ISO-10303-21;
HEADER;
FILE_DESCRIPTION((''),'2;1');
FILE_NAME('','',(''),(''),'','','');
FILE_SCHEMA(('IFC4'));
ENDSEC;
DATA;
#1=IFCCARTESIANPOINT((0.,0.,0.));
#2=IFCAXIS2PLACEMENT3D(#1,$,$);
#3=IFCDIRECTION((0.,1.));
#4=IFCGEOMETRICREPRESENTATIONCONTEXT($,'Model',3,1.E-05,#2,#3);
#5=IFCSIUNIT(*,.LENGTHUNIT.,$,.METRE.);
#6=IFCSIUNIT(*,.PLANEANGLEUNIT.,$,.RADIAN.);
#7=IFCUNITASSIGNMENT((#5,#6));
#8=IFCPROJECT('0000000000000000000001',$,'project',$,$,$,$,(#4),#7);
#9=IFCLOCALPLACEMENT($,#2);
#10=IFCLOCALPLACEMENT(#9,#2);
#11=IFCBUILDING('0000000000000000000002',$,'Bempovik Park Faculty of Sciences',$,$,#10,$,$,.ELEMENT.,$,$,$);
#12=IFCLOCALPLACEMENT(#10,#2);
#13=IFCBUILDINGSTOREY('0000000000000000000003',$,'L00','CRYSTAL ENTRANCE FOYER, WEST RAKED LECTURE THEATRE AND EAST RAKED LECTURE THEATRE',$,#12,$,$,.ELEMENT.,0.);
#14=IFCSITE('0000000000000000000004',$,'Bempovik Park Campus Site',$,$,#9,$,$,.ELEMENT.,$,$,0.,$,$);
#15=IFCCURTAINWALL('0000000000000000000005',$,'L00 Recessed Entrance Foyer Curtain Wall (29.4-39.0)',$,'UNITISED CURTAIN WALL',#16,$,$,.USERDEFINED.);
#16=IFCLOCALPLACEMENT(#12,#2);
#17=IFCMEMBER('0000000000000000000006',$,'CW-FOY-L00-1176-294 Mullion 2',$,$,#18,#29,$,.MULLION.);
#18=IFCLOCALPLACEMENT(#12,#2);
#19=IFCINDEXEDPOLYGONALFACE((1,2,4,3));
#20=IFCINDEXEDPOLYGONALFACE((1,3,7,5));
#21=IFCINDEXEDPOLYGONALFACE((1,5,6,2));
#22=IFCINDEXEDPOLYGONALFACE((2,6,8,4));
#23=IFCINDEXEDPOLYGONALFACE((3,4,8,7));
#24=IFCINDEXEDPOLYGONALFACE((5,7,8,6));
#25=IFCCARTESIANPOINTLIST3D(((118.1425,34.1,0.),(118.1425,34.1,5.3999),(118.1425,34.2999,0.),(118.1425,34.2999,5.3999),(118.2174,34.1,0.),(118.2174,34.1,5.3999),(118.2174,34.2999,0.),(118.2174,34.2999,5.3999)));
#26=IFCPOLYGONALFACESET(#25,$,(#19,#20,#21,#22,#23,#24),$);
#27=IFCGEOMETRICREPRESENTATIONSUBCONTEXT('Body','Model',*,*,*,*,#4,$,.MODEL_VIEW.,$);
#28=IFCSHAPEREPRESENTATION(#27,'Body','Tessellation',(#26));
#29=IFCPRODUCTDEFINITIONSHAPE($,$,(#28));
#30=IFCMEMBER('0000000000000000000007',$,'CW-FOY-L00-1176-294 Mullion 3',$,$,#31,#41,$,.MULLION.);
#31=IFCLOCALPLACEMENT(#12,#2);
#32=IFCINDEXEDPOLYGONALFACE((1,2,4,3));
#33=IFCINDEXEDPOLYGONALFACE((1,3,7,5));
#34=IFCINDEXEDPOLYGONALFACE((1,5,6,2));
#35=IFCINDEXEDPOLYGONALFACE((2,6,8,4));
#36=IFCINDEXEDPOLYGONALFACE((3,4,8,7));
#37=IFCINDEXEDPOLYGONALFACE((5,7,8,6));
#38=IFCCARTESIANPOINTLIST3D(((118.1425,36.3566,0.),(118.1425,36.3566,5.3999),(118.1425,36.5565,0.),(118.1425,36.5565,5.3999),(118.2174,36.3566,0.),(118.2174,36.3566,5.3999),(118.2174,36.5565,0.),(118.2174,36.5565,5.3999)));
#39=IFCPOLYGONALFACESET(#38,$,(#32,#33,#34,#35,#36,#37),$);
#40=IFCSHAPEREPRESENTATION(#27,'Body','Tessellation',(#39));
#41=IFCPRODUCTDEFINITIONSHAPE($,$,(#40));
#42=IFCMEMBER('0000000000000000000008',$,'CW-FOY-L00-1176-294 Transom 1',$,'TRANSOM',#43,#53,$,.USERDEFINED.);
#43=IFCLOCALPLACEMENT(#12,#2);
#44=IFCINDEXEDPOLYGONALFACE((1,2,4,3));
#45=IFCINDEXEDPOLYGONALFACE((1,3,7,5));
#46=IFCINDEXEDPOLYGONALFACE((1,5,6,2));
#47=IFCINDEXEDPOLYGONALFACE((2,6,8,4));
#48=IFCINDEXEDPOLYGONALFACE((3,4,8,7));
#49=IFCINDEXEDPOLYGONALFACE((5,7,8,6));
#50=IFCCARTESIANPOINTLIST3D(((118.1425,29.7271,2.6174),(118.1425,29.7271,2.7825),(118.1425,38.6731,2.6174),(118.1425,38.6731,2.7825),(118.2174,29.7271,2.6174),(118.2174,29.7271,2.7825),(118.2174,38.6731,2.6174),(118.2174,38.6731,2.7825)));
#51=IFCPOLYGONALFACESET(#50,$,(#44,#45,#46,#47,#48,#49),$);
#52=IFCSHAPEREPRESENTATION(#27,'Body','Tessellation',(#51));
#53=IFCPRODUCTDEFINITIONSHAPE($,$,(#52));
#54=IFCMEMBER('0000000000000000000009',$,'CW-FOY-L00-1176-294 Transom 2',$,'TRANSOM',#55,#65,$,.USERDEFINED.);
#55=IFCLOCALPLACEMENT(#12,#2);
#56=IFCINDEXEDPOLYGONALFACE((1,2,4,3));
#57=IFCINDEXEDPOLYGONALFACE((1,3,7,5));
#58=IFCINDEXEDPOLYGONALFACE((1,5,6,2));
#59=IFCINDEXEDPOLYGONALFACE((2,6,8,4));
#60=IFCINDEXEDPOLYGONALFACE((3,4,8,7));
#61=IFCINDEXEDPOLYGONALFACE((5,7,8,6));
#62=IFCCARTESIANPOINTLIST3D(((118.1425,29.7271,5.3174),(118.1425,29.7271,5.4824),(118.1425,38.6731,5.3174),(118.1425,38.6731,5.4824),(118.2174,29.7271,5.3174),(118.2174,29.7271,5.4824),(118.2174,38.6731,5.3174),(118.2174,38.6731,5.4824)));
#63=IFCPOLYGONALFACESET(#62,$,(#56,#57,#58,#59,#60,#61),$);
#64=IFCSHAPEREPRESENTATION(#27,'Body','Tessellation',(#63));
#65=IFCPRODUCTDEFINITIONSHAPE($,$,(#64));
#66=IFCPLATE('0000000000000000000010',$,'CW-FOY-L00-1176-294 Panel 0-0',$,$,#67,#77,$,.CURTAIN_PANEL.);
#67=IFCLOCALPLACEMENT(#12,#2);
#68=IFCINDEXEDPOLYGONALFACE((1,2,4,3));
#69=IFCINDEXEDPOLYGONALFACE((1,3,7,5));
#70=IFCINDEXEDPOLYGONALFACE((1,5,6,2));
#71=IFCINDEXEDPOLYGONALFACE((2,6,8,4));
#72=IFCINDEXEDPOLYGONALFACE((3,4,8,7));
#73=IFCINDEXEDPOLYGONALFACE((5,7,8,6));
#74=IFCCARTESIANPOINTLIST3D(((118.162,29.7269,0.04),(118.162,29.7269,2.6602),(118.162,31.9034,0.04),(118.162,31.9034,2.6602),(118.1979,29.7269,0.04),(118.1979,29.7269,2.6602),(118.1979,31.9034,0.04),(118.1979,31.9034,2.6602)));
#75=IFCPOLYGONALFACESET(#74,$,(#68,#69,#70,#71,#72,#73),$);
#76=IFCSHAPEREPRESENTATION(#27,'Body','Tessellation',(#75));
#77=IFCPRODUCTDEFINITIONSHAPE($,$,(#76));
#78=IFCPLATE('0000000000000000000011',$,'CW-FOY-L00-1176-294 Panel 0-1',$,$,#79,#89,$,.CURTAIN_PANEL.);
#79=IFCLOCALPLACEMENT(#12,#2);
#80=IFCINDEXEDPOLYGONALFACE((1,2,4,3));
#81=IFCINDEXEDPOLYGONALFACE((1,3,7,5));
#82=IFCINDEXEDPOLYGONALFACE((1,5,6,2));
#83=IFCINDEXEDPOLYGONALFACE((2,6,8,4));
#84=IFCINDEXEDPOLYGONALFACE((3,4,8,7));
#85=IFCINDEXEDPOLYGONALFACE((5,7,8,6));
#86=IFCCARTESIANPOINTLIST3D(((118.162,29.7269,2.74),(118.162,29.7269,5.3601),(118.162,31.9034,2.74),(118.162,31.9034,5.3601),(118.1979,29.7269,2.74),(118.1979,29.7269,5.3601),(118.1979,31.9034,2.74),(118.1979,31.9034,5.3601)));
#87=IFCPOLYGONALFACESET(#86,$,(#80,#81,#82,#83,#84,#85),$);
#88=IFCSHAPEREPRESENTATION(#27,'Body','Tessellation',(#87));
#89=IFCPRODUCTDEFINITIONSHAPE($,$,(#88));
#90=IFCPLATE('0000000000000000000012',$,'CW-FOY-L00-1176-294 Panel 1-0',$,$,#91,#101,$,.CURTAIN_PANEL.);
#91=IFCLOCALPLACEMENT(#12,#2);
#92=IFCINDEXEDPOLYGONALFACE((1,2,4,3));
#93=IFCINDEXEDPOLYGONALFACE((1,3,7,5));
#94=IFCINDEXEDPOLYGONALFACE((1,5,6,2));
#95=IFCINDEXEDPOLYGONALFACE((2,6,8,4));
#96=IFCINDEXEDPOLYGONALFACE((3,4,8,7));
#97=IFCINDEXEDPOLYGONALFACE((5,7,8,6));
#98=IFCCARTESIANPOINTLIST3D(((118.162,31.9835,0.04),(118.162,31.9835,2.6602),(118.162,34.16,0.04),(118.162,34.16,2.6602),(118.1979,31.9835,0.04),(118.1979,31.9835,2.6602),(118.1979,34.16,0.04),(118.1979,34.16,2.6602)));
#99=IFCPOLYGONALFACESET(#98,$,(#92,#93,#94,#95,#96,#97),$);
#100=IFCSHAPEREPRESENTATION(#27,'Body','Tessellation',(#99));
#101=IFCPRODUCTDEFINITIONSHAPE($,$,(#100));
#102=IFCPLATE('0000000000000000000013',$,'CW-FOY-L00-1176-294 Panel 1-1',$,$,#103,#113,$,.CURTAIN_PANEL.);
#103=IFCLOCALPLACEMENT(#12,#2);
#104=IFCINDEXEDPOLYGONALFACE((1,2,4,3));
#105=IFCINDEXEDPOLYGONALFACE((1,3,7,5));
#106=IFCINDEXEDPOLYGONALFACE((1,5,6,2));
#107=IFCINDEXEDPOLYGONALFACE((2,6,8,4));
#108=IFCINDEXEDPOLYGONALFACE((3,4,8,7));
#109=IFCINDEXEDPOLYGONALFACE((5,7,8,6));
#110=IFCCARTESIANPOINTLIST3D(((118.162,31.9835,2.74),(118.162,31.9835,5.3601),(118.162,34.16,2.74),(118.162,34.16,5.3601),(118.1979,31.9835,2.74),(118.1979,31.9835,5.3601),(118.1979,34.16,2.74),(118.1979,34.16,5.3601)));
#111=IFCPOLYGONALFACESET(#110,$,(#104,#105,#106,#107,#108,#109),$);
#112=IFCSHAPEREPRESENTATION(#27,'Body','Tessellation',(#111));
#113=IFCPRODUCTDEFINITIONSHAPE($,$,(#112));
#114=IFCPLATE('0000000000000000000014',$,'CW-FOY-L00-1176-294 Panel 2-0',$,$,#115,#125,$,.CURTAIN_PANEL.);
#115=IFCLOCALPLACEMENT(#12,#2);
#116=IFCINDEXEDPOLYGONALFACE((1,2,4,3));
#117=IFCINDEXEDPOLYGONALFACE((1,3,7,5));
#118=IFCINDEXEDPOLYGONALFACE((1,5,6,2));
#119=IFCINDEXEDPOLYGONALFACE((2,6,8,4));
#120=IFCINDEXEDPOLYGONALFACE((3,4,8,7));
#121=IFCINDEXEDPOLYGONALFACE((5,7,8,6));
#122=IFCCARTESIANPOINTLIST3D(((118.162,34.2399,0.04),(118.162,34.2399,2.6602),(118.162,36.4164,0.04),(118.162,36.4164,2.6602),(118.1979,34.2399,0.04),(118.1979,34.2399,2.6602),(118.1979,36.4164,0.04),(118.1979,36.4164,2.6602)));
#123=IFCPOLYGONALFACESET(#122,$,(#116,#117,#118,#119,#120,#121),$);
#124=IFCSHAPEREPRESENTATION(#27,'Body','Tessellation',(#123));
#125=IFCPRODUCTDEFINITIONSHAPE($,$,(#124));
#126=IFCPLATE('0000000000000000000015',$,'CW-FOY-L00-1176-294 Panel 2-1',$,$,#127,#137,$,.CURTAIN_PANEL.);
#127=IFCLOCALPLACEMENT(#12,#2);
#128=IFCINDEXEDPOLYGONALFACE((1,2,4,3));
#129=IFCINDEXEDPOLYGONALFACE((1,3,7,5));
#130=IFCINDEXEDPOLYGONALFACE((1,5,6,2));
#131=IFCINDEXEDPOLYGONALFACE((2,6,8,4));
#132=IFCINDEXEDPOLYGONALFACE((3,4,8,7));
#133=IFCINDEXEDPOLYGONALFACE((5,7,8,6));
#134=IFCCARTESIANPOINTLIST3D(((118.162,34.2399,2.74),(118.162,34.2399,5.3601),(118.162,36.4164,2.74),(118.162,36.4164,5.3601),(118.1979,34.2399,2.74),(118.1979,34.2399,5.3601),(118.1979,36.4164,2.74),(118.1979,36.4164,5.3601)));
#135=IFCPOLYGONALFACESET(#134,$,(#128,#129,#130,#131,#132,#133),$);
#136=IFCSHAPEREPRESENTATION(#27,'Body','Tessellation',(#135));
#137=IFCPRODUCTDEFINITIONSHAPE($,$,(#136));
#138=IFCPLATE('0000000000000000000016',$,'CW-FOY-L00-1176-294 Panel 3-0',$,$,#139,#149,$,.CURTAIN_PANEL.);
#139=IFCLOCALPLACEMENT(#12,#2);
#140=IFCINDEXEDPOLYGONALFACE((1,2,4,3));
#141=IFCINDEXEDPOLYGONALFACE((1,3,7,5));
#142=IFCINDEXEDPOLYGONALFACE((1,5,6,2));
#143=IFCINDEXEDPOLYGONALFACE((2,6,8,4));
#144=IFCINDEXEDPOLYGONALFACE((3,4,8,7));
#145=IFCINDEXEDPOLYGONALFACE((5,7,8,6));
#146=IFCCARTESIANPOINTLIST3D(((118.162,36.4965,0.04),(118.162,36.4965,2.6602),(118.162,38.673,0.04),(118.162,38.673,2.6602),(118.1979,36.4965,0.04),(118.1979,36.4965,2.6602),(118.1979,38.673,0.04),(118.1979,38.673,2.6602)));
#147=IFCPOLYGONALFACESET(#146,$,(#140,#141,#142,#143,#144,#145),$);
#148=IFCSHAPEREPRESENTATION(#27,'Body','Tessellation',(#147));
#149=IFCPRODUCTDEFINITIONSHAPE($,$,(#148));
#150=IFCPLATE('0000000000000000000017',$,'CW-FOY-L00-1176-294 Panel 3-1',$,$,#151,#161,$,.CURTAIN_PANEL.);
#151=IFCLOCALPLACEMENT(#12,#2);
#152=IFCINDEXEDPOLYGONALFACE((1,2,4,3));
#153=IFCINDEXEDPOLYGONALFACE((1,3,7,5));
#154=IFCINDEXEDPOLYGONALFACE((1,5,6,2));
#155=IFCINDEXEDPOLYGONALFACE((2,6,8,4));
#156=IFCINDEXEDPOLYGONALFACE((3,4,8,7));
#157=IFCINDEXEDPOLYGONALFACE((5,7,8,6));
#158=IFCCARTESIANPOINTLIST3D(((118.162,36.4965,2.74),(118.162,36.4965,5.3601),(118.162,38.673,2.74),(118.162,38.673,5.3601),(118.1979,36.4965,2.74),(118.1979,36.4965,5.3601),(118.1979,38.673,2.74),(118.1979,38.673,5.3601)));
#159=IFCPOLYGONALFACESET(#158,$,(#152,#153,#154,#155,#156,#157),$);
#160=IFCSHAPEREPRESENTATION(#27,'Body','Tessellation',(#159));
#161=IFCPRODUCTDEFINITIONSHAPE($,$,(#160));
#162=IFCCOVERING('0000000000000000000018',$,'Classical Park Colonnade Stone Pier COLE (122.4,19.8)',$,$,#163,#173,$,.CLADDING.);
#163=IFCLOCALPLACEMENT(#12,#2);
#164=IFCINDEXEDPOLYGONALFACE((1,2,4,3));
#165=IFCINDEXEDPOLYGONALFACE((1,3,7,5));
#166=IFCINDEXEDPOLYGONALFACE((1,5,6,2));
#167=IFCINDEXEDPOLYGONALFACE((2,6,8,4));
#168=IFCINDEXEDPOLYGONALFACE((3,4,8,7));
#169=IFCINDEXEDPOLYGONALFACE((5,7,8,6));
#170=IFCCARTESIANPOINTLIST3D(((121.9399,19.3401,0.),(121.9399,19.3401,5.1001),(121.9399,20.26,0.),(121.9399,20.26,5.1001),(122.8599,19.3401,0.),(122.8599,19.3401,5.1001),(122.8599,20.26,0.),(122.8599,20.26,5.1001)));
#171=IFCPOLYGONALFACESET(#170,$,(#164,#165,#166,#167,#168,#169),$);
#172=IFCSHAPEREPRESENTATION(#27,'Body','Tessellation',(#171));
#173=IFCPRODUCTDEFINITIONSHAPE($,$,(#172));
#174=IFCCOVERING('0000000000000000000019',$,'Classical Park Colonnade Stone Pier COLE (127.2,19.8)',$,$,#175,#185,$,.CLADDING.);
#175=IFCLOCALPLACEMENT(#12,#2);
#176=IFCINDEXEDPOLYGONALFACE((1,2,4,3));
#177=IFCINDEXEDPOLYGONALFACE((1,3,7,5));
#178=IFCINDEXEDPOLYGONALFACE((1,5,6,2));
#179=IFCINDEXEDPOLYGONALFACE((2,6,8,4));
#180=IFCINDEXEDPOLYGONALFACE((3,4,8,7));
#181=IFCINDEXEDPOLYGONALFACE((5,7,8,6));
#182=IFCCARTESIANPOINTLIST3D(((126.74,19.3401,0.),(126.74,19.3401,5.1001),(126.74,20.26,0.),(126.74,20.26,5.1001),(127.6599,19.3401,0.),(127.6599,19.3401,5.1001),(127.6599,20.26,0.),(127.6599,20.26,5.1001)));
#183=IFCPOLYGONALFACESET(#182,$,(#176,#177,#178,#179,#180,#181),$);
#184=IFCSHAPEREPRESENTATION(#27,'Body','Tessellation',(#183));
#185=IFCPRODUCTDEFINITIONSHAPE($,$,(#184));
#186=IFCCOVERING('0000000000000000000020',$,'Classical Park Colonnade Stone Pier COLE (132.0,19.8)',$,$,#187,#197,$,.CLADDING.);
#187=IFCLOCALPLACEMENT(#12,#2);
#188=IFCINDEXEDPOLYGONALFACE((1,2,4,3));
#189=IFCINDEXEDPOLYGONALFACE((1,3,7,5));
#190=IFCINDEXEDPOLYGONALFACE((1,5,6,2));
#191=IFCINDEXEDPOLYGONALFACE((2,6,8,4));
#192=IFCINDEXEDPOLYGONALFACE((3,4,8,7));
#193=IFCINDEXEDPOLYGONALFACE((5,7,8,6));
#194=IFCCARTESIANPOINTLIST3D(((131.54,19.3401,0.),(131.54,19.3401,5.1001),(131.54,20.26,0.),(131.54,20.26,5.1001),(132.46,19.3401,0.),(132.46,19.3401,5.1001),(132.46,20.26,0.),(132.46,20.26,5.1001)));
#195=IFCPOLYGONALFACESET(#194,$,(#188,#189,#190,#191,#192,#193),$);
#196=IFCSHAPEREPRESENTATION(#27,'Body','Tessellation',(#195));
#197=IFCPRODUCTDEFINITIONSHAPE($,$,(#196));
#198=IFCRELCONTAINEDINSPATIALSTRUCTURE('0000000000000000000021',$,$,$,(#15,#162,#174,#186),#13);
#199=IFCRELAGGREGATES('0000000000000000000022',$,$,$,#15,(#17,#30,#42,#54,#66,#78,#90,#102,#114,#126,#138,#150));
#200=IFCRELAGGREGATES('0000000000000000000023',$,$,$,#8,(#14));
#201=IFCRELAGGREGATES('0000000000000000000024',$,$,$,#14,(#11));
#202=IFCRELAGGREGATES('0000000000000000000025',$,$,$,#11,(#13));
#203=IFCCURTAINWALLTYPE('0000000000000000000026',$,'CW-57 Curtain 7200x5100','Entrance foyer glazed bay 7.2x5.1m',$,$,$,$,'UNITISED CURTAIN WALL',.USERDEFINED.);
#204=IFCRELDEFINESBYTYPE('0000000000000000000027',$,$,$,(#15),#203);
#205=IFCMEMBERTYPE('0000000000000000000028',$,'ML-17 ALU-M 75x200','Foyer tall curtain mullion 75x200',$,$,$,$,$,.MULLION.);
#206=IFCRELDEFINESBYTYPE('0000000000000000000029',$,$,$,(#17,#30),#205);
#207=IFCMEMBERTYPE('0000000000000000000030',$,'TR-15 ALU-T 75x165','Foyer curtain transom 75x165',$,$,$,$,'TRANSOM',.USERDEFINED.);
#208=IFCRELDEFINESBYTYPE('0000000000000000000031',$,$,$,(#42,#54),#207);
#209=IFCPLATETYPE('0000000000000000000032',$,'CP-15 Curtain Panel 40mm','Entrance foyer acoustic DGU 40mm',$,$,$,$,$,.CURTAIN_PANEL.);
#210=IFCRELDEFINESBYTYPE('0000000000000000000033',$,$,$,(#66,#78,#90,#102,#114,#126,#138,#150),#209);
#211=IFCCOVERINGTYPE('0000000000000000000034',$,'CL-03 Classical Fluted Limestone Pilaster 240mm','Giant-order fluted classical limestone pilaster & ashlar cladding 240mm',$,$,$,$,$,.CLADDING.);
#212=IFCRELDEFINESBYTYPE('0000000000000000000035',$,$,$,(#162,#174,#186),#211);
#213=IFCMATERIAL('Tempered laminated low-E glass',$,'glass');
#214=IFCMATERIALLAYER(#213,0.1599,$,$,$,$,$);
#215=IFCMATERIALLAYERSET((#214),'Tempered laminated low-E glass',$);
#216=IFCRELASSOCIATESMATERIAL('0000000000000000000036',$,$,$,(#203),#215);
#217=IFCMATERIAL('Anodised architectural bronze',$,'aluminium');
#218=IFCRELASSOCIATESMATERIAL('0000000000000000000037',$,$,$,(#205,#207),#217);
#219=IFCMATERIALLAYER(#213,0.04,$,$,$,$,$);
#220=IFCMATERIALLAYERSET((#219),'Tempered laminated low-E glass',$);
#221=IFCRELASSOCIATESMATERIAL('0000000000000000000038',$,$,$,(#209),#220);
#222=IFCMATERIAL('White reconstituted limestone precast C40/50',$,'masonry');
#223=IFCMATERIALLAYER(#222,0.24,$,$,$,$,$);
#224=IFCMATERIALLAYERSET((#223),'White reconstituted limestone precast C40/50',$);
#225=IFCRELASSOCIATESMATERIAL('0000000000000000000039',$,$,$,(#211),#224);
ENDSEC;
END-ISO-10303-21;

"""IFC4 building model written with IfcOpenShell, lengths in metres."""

from ifc_helpers import new_model, si_unit, direction, frame, origin, origin_2d, place, context, subcontext, project, spatial, rectangle, extrude, material, layer, layer_set, material_profile, profile_set, type_object, element, aggregate, save


model = new_model("IFC4")

# Units and contexts
model_context = context("Model", 3, precision=1e-05, world=origin(), true_north=direction((0.0, 1.0)))
body_context = subcontext(model_context, "Body", "Model", "MODEL_VIEW")
ifc_project = project(units=[si_unit("LENGTHUNIT", "METRE"), si_unit("PLANEANGLEUNIT", "RADIAN")], contexts=[model_context])

# Site, building, storey
site_placement = place(None, origin())
site = spatial("IfcSite", under=ifc_project, at=site_placement, Name="Bempovik Park Campus Site", CompositionType="ELEMENT", RefElevation=0.0)
building_placement = place(site_placement, origin())
building = spatial("IfcBuilding", under=site, at=building_placement, Name="Bempovik Park Faculty of Sciences", CompositionType="ELEMENT")
storey_placement = place(building_placement, origin())
storey = spatial("IfcBuildingStorey", under=building, at=storey_placement, Name="L00", Description="CRYSTAL ENTRANCE FOYER, WEST RAKED LECTURE THEATRE AND EAST RAKED LECTURE THEATRE", CompositionType="ELEMENT", Elevation=0.0)

# Curtain wall, members, plates
ifc_material_1 = material(Name="Tempered laminated low-E glass", Category="glass")
ifc_layer_1 = layer(ifc_material_1, 0.1599)
ifc_layer_set_1 = layer_set([ifc_layer_1], Name="Tempered laminated low-E glass")
curtain_wall_type = type_object("IfcCurtainWallType", Name="CW-57 Curtain 7200x5100", Description="Entrance foyer glazed bay 7.2x5.1m", ElementType="UNITISED CURTAIN WALL", PredefinedType="USERDEFINED", material=ifc_layer_set_1)
curtain_wall_placement = place(storey_placement, origin())
curtain_wall = element("IfcCurtainWall", 1, at=curtain_wall_placement, inside=storey, type_object=curtain_wall_type, Name="L00 Recessed Entrance Foyer Curtain Wall (29.4-39.0)", ObjectType="UNITISED CURTAIN WALL", PredefinedType="USERDEFINED")
ifc_material_2 = material(Name="Anodised architectural bronze", Category="aluminium")
ifc_material_profile_1 = material_profile(ifc_material_2, rectangle(XDim=0.075, YDim=0.2, at=origin_2d()), Name="ALU-M 75x200")
ifc_profile_set_1 = profile_set([ifc_material_profile_1], Name="Anodised architectural bronze")
member_type_1 = type_object("IfcMemberType", Name="ML-17 ALU-M 75x200", Description="Foyer tall curtain mullion 75x200", PredefinedType="MULLION", material=ifc_profile_set_1)
member_1_placement = place(storey_placement, frame((118.1799, 34.2, 0.0), z_axis=(0.0, 0.0, 1.0), x_axis=(1.0, 0.0, 0.0)))
member_1 = element("IfcMember", 2, at=member_1_placement, type_object=member_type_1, Name="CW-FOY-L00-1176-294 Mullion 2", PredefinedType="MULLION", context=body_context, shape_type="SweptSolid", body=[
    extrude(rectangle(XDim=0.075, YDim=0.2, at=origin_2d()), origin(), (0.0, 0.0, 1.0), 5.3999),
])
member_2_placement = place(storey_placement, frame((118.1799, 36.4565, 0.0), z_axis=(0.0, 0.0, 1.0), x_axis=(1.0, 0.0, 0.0)))
member_2 = element("IfcMember", 3, at=member_2_placement, type_object=member_type_1, Name="CW-FOY-L00-1176-294 Mullion 3", PredefinedType="MULLION", context=body_context, shape_type="SweptSolid", body=[
    extrude(rectangle(XDim=0.075, YDim=0.2, at=origin_2d()), origin(), (0.0, 0.0, 1.0), 5.3999),
])
ifc_material_profile_2 = material_profile(ifc_material_2, rectangle(XDim=0.075, YDim=0.165, at=origin_2d()), Name="ALU-T 75x165")
ifc_profile_set_2 = profile_set([ifc_material_profile_2], Name="Anodised architectural bronze")
member_type_2 = type_object("IfcMemberType", Name="TR-15 ALU-T 75x165", Description="Foyer curtain transom 75x165", ElementType="TRANSOM", PredefinedType="USERDEFINED", material=ifc_profile_set_2)
member_3_placement = place(storey_placement, frame((118.1799, 29.7271, 2.7), z_axis=(0.0, 1.0, 0.0), x_axis=(-1.0, 0.0, 0.0)))
member_3 = element("IfcMember", 4, at=member_3_placement, type_object=member_type_2, Name="CW-FOY-L00-1176-294 Transom 1", ObjectType="TRANSOM", PredefinedType="USERDEFINED", context=body_context, shape_type="SweptSolid", body=[
    extrude(rectangle(XDim=0.075, YDim=0.165, at=origin_2d()), origin(), (0.0, 0.0, 1.0), 8.946),
])
member_4_placement = place(storey_placement, frame((118.1799, 29.7271, 5.3999), z_axis=(0.0, 1.0, 0.0), x_axis=(-1.0, 0.0, 0.0)))
member_4 = element("IfcMember", 5, at=member_4_placement, type_object=member_type_2, Name="CW-FOY-L00-1176-294 Transom 2", ObjectType="TRANSOM", PredefinedType="USERDEFINED", context=body_context, shape_type="SweptSolid", body=[
    extrude(rectangle(XDim=0.075, YDim=0.165, at=origin_2d()), origin(), (0.0, 0.0, 1.0), 8.946),
])
ifc_layer_2 = layer(ifc_material_1, 0.04)
ifc_layer_set_2 = layer_set([ifc_layer_2], Name="Tempered laminated low-E glass")
plate_type = type_object("IfcPlateType", Name="CP-15 Curtain Panel 40mm", Description="Entrance foyer acoustic DGU 40mm", PredefinedType="CURTAIN_PANEL", material=ifc_layer_set_2)
plate_1_placement = place(storey_placement, frame((118.1799, 30.8152, 0.04), z_axis=(0.0, 0.0, 1.0), x_axis=(0.0, 1.0, 0.0)))
plate_1 = element("IfcPlate", 6, at=plate_1_placement, type_object=plate_type, Name="CW-FOY-L00-1176-294 Panel 0-0", PredefinedType="CURTAIN_PANEL", context=body_context, shape_type="SweptSolid", body=[
    extrude(rectangle(XDim=2.1765, YDim=0.0359, at=origin_2d()), origin(), (0.0, 0.0, 1.0), 2.6201),
])
plate_2_placement = place(storey_placement, frame((118.1799, 30.8152, 2.74), z_axis=(0.0, 0.0, 1.0), x_axis=(0.0, 1.0, 0.0)))
plate_2 = element("IfcPlate", 7, at=plate_2_placement, type_object=plate_type, Name="CW-FOY-L00-1176-294 Panel 0-1", PredefinedType="CURTAIN_PANEL", context=body_context, shape_type="SweptSolid", body=[
    extrude(rectangle(XDim=2.1765, YDim=0.0359, at=origin_2d()), origin(), (0.0, 0.0, 1.0), 2.6201),
])
plate_3_placement = place(storey_placement, frame((118.1799, 33.0718, 0.04), z_axis=(0.0, 0.0, 1.0), x_axis=(0.0, 1.0, 0.0)))
plate_3 = element("IfcPlate", 8, at=plate_3_placement, type_object=plate_type, Name="CW-FOY-L00-1176-294 Panel 1-0", PredefinedType="CURTAIN_PANEL", context=body_context, shape_type="SweptSolid", body=[
    extrude(rectangle(XDim=2.1765, YDim=0.0359, at=origin_2d()), origin(), (0.0, 0.0, 1.0), 2.6201),
])
plate_4_placement = place(storey_placement, frame((118.1799, 33.0718, 2.74), z_axis=(0.0, 0.0, 1.0), x_axis=(0.0, 1.0, 0.0)))
plate_4 = element("IfcPlate", 9, at=plate_4_placement, type_object=plate_type, Name="CW-FOY-L00-1176-294 Panel 1-1", PredefinedType="CURTAIN_PANEL", context=body_context, shape_type="SweptSolid", body=[
    extrude(rectangle(XDim=2.1765, YDim=0.0359, at=origin_2d()), origin(), (0.0, 0.0, 1.0), 2.6201),
])
plate_5_placement = place(storey_placement, frame((118.1799, 35.3281, 0.04), z_axis=(0.0, 0.0, 1.0), x_axis=(0.0, 1.0, 0.0)))
plate_5 = element("IfcPlate", 10, at=plate_5_placement, type_object=plate_type, Name="CW-FOY-L00-1176-294 Panel 2-0", PredefinedType="CURTAIN_PANEL", context=body_context, shape_type="SweptSolid", body=[
    extrude(rectangle(XDim=2.1765, YDim=0.0359, at=origin_2d()), origin(), (0.0, 0.0, 1.0), 2.6201),
])
plate_6_placement = place(storey_placement, frame((118.1799, 35.3281, 2.74), z_axis=(0.0, 0.0, 1.0), x_axis=(0.0, 1.0, 0.0)))
plate_6 = element("IfcPlate", 11, at=plate_6_placement, type_object=plate_type, Name="CW-FOY-L00-1176-294 Panel 2-1", PredefinedType="CURTAIN_PANEL", context=body_context, shape_type="SweptSolid", body=[
    extrude(rectangle(XDim=2.1765, YDim=0.0359, at=origin_2d()), origin(), (0.0, 0.0, 1.0), 2.6201),
])
plate_7_placement = place(storey_placement, frame((118.1799, 37.5847, 0.04), z_axis=(0.0, 0.0, 1.0), x_axis=(0.0, 1.0, 0.0)))
plate_7 = element("IfcPlate", 12, at=plate_7_placement, type_object=plate_type, Name="CW-FOY-L00-1176-294 Panel 3-0", PredefinedType="CURTAIN_PANEL", context=body_context, shape_type="SweptSolid", body=[
    extrude(rectangle(XDim=2.1765, YDim=0.0359, at=origin_2d()), origin(), (0.0, 0.0, 1.0), 2.6201),
])
plate_8_placement = place(storey_placement, frame((118.1799, 37.5847, 2.74), z_axis=(0.0, 0.0, 1.0), x_axis=(0.0, 1.0, 0.0)))
plate_8 = element("IfcPlate", 13, at=plate_8_placement, type_object=plate_type, Name="CW-FOY-L00-1176-294 Panel 3-1", PredefinedType="CURTAIN_PANEL", context=body_context, shape_type="SweptSolid", body=[
    extrude(rectangle(XDim=2.1765, YDim=0.0359, at=origin_2d()), origin(), (0.0, 0.0, 1.0), 2.6201),
])
aggregate(curtain_wall, [member_1, member_2, member_3, member_4, plate_1, plate_2, plate_3, plate_4, plate_5, plate_6, plate_7, plate_8])

# Coverings
ifc_material_3 = material(Name="White reconstituted limestone precast C40/50", Category="masonry")
ifc_layer_3 = layer(ifc_material_3, 0.24)
ifc_layer_set_3 = layer_set([ifc_layer_3], Name="White reconstituted limestone precast C40/50")
covering_type = type_object("IfcCoveringType", Name="CL-03 Classical Fluted Limestone Pilaster 240mm", Description="Giant-order fluted classical limestone pilaster & ashlar cladding 240mm", PredefinedType="CLADDING", material=ifc_layer_set_3)
for number, where, z_axis, x_axis, name in (
    (14, (122.3999, 19.8, 0.0), (0.0, 0.0, 1.0), (1.0, 0.0, 0.0), "Classical Park Colonnade Stone Pier COLE (122.4,19.8)"),
    (15, (127.2, 19.8, 0.0), (0.0, 0.0, 1.0), (1.0, 0.0, 0.0), "Classical Park Colonnade Stone Pier COLE (127.2,19.8)"),
    (16, (132.0, 19.8, 0.0), (0.0, 0.0, 1.0), (1.0, 0.0, 0.0), "Classical Park Colonnade Stone Pier COLE (132.0,19.8)"),
):
    element("IfcCovering", number, at=place(storey_placement, frame(where, z_axis=z_axis, x_axis=x_axis)), inside=storey, type_object=covering_type, Name=name, PredefinedType="CLADDING", context=body_context, shape_type="SweptSolid", body=[
        extrude(rectangle(XDim=0.9199, YDim=0.9199, at=origin_2d()), origin(), (0.0, 0.0, 1.0), 5.1001),
    ])

save(model, "model.ifc")
